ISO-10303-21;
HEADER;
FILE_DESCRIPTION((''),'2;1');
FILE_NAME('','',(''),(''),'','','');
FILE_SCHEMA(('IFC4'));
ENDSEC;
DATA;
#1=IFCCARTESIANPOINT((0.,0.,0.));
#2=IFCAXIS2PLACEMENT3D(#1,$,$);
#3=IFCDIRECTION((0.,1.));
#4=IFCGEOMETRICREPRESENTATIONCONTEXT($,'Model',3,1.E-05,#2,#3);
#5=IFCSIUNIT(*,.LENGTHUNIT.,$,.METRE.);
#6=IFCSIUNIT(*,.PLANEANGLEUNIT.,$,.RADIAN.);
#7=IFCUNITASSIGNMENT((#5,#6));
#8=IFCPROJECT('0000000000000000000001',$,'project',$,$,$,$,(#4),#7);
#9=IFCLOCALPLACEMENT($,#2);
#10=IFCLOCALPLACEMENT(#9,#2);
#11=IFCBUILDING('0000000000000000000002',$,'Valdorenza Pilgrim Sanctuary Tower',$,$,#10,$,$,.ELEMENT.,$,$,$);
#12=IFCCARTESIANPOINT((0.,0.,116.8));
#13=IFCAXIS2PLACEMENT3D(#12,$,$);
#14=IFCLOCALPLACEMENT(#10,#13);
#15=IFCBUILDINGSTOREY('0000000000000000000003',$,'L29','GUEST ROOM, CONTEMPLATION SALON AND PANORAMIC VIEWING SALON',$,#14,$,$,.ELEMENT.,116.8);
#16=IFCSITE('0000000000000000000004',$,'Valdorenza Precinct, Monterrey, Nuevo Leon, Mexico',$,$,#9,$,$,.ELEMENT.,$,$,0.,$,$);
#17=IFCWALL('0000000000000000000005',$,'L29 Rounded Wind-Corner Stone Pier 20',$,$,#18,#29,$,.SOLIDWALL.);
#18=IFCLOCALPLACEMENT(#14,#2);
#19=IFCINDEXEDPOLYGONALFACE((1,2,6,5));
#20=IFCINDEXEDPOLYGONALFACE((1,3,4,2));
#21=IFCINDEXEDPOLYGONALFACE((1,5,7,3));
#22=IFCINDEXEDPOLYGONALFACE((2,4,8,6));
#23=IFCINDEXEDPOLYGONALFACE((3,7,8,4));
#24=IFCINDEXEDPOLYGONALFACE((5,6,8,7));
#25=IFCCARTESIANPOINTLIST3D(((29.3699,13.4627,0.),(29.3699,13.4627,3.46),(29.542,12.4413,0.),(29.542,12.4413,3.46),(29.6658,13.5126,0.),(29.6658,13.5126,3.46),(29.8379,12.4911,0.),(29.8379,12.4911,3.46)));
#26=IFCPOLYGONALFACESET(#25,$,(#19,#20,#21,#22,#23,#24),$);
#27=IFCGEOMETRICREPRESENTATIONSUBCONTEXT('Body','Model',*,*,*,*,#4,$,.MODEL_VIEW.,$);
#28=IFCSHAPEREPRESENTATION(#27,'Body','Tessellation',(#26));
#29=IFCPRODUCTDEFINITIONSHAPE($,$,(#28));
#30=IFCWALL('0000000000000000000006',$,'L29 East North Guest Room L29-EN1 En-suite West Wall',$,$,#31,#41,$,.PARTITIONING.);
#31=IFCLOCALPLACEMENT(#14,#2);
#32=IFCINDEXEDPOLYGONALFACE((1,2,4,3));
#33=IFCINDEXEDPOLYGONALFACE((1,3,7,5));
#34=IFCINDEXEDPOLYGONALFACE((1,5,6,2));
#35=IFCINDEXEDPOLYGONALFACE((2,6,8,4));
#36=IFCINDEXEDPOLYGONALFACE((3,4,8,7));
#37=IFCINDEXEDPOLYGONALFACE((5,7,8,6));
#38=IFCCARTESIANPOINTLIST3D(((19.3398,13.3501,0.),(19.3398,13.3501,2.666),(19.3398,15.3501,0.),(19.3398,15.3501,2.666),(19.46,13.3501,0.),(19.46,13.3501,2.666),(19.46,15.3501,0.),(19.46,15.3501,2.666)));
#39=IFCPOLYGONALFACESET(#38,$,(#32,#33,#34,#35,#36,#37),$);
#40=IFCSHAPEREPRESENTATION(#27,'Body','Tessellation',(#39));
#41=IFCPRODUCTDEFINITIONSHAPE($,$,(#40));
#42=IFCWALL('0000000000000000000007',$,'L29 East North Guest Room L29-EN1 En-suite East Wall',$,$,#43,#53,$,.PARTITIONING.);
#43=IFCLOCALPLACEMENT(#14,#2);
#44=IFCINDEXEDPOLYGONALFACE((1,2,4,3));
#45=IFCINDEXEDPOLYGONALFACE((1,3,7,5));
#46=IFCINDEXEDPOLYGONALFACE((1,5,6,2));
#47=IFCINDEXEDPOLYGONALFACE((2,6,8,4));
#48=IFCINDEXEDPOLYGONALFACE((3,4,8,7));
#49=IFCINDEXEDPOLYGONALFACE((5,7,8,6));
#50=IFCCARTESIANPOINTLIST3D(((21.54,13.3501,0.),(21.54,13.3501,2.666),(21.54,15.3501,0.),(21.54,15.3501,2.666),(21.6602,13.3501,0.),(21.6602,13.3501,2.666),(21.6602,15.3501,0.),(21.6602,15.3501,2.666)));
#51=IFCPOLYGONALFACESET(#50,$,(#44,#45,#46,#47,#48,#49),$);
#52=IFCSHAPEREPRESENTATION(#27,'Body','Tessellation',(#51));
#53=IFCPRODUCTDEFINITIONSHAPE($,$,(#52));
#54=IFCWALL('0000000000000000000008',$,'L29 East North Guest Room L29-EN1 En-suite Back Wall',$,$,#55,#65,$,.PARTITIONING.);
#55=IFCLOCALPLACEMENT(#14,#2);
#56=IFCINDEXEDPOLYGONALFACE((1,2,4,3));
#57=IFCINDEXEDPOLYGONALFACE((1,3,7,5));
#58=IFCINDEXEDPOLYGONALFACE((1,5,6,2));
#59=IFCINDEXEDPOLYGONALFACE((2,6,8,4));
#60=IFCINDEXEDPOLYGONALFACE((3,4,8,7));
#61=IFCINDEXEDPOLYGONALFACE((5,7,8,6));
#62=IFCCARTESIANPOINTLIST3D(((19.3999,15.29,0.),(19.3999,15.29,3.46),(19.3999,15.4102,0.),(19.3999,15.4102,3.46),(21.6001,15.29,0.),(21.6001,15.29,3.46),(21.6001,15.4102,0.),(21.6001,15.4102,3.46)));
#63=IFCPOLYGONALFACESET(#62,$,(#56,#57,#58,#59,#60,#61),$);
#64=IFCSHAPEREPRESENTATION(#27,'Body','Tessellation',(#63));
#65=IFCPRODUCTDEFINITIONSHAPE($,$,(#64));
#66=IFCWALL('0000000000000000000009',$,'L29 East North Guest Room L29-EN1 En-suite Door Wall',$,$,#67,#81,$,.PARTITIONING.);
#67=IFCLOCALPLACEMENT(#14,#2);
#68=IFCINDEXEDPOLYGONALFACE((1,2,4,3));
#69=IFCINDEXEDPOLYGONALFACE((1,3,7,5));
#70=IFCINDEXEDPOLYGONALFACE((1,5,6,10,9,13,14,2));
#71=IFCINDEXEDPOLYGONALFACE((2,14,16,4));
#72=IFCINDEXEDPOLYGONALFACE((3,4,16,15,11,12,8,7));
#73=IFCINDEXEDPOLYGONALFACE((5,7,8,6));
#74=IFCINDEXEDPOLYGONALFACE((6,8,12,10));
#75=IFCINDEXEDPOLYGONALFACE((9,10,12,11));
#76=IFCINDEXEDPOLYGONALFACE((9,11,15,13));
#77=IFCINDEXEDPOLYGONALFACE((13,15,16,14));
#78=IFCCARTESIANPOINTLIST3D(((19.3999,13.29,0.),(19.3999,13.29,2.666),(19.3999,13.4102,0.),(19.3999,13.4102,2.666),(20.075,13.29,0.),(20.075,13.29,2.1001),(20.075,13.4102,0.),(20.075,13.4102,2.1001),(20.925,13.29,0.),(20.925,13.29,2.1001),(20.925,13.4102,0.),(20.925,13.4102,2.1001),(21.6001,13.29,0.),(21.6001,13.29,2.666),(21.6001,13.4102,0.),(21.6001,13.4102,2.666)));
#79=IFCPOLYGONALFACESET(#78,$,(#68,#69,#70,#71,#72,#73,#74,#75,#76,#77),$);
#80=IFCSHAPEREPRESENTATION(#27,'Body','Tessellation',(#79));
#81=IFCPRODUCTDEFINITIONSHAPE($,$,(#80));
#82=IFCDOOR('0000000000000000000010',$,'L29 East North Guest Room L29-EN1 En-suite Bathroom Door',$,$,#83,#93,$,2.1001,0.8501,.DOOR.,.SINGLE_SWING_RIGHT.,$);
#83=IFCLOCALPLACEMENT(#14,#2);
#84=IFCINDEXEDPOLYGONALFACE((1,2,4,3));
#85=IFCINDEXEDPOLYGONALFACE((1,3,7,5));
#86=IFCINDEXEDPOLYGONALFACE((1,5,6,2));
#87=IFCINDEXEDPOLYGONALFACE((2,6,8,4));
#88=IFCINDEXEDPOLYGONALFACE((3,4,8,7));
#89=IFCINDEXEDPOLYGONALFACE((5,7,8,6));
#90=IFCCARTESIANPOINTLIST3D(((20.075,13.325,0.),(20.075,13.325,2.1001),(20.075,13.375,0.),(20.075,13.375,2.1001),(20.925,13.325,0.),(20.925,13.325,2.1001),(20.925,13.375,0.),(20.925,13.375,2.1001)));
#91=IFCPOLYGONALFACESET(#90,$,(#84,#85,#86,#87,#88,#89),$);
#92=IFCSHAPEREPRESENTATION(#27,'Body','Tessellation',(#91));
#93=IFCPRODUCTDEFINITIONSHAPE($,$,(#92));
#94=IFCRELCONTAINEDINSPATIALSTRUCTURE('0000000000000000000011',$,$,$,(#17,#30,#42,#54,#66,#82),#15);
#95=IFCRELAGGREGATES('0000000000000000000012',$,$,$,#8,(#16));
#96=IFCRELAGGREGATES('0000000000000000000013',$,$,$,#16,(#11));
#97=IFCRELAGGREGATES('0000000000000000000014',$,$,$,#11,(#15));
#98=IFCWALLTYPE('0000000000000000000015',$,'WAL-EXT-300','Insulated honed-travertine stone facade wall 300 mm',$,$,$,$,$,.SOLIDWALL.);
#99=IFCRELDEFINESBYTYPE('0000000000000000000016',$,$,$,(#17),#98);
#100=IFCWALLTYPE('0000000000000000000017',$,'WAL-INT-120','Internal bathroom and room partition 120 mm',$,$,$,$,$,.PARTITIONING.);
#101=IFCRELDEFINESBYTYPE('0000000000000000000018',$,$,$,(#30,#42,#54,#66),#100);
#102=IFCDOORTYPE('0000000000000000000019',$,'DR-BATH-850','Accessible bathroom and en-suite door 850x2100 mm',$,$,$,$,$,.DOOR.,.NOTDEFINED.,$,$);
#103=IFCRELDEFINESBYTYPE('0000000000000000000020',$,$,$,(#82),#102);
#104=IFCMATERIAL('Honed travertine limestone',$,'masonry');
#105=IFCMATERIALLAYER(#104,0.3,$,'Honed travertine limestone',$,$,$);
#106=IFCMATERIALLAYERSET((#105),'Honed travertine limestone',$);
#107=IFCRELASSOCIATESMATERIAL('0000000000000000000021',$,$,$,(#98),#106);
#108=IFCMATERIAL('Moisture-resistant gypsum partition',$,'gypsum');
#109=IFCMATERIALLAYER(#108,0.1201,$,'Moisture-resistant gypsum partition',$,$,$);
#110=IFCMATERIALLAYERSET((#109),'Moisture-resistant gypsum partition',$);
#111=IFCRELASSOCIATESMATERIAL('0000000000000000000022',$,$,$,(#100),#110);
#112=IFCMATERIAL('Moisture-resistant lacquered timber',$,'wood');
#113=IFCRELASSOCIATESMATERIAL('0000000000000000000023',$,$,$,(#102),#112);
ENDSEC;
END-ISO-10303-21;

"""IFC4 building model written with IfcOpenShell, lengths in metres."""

from ifc_helpers import new_model, si_unit, direction, frame, frame_2d, origin, place, context, subcontext, project, spatial, rectangle, extrude, material, layer, layer_set, type_object, element, fill, save


model = new_model("IFC4")

# Units and contexts
model_context = context("Model", 3, precision=1e-05, world=origin(), true_north=direction((0.0, 1.0)))
body_context = subcontext(model_context, "Body", "Model", "MODEL_VIEW")
ifc_project = project(units=[si_unit("LENGTHUNIT", "METRE"), si_unit("PLANEANGLEUNIT", "RADIAN")], contexts=[model_context])

# Site, building, storey
site_placement = place(None, origin())
site = spatial("IfcSite", under=ifc_project, at=site_placement, Name="Valdorenza Precinct, Monterrey, Nuevo Leon, Mexico", CompositionType="ELEMENT", RefElevation=0.0)
building_placement = place(site_placement, origin())
building = spatial("IfcBuilding", under=site, at=building_placement, Name="Valdorenza Pilgrim Sanctuary Tower", CompositionType="ELEMENT")
storey_placement = place(building_placement, frame((0.0, 0.0, 116.8)))
storey = spatial("IfcBuildingStorey", under=building, at=storey_placement, Name="L29", Description="GUEST ROOM, CONTEMPLATION SALON AND PANORAMIC VIEWING SALON", CompositionType="ELEMENT", Elevation=116.8)

# Shared definitions
ifc_material_1 = material(Name="Honed travertine limestone", Category="masonry")

# Walls
ifc_layer_1 = layer(ifc_material_1, 0.3, Name="Honed travertine limestone")
ifc_layer_set_1 = layer_set([ifc_layer_1], Name="Honed travertine limestone")
wall_type_1 = type_object("IfcWallType", Name="WAL-EXT-300", Description="Insulated honed-travertine stone facade wall 300 mm", PredefinedType="SOLIDWALL", material=ifc_layer_set_1)
wall_1_placement = place(storey_placement, frame((29.5178, 13.4878, 0.0), z_axis=(0.0, 0.0, 1.0), x_axis=(0.166157, -0.986099, 0.0)))
element("IfcWall", 1, at=wall_1_placement, inside=storey, type_object=wall_type_1, Name="L29 Rounded Wind-Corner Stone Pier 20", PredefinedType="SOLIDWALL", context=body_context, shape_type="SweptSolid", body=[
    extrude(rectangle(XDim=1.0359, YDim=0.3, at=frame_2d((0.5181, 0.0))), origin(), (0.0, 0.0, 1.0), 3.46),
])
ifc_material_2 = material(Name="Moisture-resistant gypsum partition", Category="gypsum")
ifc_layer_2 = layer(ifc_material_2, 0.1201, Name="Moisture-resistant gypsum partition")
ifc_layer_set_2 = layer_set([ifc_layer_2], Name="Moisture-resistant gypsum partition")
wall_type_2 = type_object("IfcWallType", Name="WAL-INT-120", Description="Internal bathroom and room partition 120 mm", PredefinedType="PARTITIONING", material=ifc_layer_set_2)
for number, where, z_axis, x_axis, name in (
    (2, (19.3999, 13.3501, 0.0), (0.0, 0.0, 1.0), (0.0, 1.0, 0.0), "L29 East North Guest Room L29-EN1 En-suite West Wall"),
    (3, (21.6001, 13.3501, 0.0), (0.0, 0.0, 1.0), (0.0, 1.0, 0.0), "L29 East North Guest Room L29-EN1 En-suite East Wall"),
):
    element("IfcWall", number, at=place(storey_placement, frame(where, z_axis=z_axis, x_axis=x_axis)), inside=storey, type_object=wall_type_2, Name=name, PredefinedType="PARTITIONING", context=body_context, shape_type="SweptSolid", body=[
        extrude(rectangle(XDim=2.0, YDim=0.1201, at=frame_2d((1.0, 0.0))), origin(), (0.0, 0.0, 1.0), 2.666),
    ])
wall_2_placement = place(storey_placement, frame((19.3999, 15.3501, 0.0), z_axis=(0.0, 0.0, 1.0), x_axis=(1.0, 0.0, 0.0)))
element("IfcWall", 4, at=wall_2_placement, inside=storey, type_object=wall_type_2, Name="L29 East North Guest Room L29-EN1 En-suite Back Wall", PredefinedType="PARTITIONING", context=body_context, shape_type="SweptSolid", body=[
    extrude(rectangle(XDim=2.2002, YDim=0.1201, at=frame_2d((1.1001, 0.0))), origin(), (0.0, 0.0, 1.0), 3.46),
])

# Wall, opening, door
wall_3_placement = place(storey_placement, frame((19.3999, 13.3501, 0.0), z_axis=(0.0, 0.0, 1.0), x_axis=(1.0, 0.0, 0.0)))
wall_3 = element("IfcWall", 5, at=wall_3_placement, inside=storey, type_object=wall_type_2, Name="L29 East North Guest Room L29-EN1 En-suite Door Wall", PredefinedType="PARTITIONING", context=body_context, shape_type="SweptSolid", body=[
    extrude(rectangle(XDim=2.2002, YDim=0.1201, at=frame_2d((1.1001, 0.0))), origin(), (0.0, 0.0, 1.0), 2.666),
])
opening_1_placement = place(wall_3_placement, frame((0.675, 0.0, 0.0)))
opening_1 = element("IfcOpeningElement", 6, at=opening_1_placement, cuts=wall_3, PredefinedType="OPENING", context=body_context, shape_type="SweptSolid", body=[
    extrude(rectangle(XDim=0.8501, YDim=2.1001, at=frame_2d((0.425, 1.05))), frame((0.0, 0.075, 0.0), z_axis=(0.0, -1.0, 0.0), x_axis=(1.0, 0.0, 0.0)), (0.0, 0.0, 1.0), 0.1499),
])
ifc_material_3 = material(Name="Moisture-resistant lacquered timber", Category="wood")
door_type_1 = type_object("IfcDoorType", Name="DR-BATH-850", Description="Accessible bathroom and en-suite door 850x2100 mm", OperationType="NOTDEFINED", PredefinedType="DOOR", material=ifc_material_3)
door_1_placement = place(opening_1_placement, origin())
door_1 = element("IfcDoor", 7, at=door_1_placement, inside=storey, type_object=door_type_1, Name="L29 East North Guest Room L29-EN1 En-suite Bathroom Door", OperationType="SINGLE_SWING_RIGHT", OverallHeight=2.1001, OverallWidth=0.8501, PredefinedType="DOOR", context=body_context, shape_type="SweptSolid", body=[
    extrude(rectangle(XDim=0.8501, YDim=2.1001, at=frame_2d((0.425, 1.05))), frame((0.0, 0.0249, 0.0), z_axis=(0.0, -1.0, 0.0), x_axis=(1.0, 0.0, 0.0)), (0.0, 0.0, 1.0), 0.05),
])
fill(opening_1, door_1)

save(model, "model.ifc")
